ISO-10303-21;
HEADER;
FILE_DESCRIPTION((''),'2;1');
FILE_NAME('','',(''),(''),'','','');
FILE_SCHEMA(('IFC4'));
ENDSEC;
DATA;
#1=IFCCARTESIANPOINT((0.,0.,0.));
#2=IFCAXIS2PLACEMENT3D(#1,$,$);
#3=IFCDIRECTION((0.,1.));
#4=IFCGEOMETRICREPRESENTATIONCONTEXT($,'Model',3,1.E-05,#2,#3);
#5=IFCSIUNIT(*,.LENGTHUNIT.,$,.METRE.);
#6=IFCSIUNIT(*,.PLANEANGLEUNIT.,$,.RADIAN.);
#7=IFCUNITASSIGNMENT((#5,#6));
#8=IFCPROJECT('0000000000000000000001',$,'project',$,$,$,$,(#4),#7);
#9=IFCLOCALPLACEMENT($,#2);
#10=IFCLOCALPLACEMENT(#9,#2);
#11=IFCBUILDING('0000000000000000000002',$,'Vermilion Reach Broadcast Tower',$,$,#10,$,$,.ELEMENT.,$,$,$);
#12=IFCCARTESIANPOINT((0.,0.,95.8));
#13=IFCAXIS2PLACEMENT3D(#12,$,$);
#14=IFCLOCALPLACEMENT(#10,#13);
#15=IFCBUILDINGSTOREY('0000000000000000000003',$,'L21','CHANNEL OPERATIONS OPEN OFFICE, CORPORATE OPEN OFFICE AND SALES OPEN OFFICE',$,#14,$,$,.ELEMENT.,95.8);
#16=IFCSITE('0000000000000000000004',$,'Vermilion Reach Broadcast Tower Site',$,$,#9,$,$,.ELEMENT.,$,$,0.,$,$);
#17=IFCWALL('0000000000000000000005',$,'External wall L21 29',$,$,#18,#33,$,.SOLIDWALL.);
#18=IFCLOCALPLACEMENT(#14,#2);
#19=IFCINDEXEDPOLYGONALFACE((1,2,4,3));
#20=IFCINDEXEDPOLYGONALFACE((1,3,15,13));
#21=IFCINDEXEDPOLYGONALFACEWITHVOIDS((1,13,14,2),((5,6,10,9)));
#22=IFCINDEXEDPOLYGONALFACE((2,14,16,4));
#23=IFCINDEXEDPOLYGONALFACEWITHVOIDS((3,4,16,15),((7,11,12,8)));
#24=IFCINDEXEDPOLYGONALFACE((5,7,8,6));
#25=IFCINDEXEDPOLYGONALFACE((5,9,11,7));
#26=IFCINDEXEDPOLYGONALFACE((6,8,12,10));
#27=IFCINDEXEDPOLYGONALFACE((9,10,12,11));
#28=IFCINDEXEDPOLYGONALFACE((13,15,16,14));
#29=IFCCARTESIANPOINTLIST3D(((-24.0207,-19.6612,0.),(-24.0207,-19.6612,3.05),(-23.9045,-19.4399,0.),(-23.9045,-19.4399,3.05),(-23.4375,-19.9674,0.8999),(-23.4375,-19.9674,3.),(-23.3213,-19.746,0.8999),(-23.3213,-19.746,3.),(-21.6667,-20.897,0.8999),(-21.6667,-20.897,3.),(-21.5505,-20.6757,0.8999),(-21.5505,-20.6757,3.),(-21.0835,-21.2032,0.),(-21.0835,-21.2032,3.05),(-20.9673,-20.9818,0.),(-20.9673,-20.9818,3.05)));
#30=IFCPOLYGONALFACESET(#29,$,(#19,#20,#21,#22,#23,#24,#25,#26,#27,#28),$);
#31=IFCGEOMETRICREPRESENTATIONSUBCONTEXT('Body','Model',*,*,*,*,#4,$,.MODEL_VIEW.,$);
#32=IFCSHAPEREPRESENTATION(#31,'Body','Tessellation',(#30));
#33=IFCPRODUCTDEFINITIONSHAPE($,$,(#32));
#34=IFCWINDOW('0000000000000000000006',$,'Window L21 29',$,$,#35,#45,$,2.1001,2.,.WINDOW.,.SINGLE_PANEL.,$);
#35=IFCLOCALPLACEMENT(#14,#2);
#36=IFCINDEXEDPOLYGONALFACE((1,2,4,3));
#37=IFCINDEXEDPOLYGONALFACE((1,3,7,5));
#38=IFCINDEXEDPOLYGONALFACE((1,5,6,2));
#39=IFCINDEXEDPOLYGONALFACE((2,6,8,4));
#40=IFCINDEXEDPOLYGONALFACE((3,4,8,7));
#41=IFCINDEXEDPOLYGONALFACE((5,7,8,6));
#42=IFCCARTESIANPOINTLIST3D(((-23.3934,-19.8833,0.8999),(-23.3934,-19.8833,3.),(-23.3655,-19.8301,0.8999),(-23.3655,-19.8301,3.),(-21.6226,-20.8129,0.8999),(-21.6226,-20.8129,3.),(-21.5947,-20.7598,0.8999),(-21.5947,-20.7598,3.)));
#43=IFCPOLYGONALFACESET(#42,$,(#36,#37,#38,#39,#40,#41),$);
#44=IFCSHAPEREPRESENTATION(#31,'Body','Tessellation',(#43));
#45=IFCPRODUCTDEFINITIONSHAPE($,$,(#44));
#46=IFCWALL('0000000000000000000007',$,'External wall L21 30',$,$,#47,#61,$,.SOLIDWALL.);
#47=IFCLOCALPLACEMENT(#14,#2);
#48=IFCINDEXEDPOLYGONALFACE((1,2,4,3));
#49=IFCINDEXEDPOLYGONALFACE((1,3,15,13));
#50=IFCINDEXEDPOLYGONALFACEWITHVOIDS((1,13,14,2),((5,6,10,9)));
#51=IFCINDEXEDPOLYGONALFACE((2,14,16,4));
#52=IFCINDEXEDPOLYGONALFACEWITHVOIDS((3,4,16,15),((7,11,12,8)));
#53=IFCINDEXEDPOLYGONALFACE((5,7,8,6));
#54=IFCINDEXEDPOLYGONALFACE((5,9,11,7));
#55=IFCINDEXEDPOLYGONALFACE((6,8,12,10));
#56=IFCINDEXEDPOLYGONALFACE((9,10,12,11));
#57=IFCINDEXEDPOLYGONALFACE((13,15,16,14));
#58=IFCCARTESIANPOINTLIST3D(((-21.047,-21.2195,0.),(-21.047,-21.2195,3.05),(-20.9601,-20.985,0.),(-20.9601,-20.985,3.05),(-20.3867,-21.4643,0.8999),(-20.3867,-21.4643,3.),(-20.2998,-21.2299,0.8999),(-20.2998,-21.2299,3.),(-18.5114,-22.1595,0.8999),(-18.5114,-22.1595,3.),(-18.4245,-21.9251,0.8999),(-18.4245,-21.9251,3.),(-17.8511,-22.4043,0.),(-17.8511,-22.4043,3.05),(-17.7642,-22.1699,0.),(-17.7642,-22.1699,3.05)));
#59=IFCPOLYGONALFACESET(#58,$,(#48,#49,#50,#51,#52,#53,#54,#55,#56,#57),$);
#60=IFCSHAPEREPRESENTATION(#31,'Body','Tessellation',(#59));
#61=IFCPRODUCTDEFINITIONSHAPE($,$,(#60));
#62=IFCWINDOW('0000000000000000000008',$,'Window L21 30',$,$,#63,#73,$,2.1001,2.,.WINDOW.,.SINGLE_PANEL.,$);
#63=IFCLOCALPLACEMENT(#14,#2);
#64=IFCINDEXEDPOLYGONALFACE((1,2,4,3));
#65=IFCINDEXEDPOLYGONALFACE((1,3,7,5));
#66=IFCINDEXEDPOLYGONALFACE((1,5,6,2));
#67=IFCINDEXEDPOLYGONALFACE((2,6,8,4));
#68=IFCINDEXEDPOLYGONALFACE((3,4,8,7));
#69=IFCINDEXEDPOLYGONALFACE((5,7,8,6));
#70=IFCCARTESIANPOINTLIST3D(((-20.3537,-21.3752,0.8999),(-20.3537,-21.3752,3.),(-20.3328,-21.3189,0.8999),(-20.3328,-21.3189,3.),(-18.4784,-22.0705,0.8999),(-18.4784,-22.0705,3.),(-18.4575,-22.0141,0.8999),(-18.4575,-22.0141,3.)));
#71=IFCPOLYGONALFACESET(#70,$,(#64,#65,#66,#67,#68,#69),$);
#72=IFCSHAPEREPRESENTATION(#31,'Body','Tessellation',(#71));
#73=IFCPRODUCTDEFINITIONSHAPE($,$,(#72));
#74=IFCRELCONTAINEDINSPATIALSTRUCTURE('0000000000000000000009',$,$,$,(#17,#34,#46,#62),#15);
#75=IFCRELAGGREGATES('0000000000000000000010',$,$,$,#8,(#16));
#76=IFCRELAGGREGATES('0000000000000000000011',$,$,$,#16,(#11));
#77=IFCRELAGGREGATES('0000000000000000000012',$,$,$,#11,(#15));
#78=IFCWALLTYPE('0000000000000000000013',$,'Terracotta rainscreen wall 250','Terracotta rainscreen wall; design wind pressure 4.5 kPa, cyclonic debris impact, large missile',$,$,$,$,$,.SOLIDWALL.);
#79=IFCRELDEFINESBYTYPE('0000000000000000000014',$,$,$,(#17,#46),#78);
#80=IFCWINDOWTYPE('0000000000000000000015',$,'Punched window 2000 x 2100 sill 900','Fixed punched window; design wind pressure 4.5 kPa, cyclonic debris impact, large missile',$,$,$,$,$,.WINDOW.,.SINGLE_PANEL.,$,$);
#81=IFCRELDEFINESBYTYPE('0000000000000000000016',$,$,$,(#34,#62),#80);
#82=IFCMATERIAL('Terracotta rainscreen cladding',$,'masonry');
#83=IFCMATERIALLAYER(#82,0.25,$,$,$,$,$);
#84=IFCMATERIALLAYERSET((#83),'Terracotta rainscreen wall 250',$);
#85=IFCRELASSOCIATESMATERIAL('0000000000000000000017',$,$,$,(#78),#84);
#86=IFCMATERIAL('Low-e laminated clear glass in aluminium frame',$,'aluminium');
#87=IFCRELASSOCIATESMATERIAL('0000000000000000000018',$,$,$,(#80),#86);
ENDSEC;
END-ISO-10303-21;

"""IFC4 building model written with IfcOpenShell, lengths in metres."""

from ifc_helpers import new_model, si_unit, direction, frame, frame_2d, origin, place, context, subcontext, project, spatial, rectangle, extrude, material, layer, layer_set, type_object, element, fill, save


model = new_model("IFC4")

# Units and contexts
model_context = context("Model", 3, precision=1e-05, world=origin(), true_north=direction((0.0, 1.0)))
body_context = subcontext(model_context, "Body", "Model", "MODEL_VIEW")
ifc_project = project(units=[si_unit("LENGTHUNIT", "METRE"), si_unit("PLANEANGLEUNIT", "RADIAN")], contexts=[model_context])

# Site, building, storey
site_placement = place(None, origin())
site = spatial("IfcSite", under=ifc_project, at=site_placement, Name="Vermilion Reach Broadcast Tower Site", CompositionType="ELEMENT", RefElevation=0.0)
building_placement = place(site_placement, origin())
building = spatial("IfcBuilding", under=site, at=building_placement, Name="Vermilion Reach Broadcast Tower", CompositionType="ELEMENT")
storey_placement = place(building_placement, frame((0.0, 0.0, 95.8)))
storey = spatial("IfcBuildingStorey", under=building, at=storey_placement, Name="L21", Description="CHANNEL OPERATIONS OPEN OFFICE, CORPORATE OPEN OFFICE AND SALES OPEN OFFICE", CompositionType="ELEMENT", Elevation=95.8)

# Shared definitions
ifc_material_1 = material(Name="Terracotta rainscreen cladding", Category="masonry")
ifc_layer_1 = layer(ifc_material_1, 0.25)
ifc_layer_set_1 = layer_set([ifc_layer_1], Name="Terracotta rainscreen wall 250")
wall_type = type_object("IfcWallType", Name="Terracotta rainscreen wall 250", Description="Terracotta rainscreen wall; design wind pressure 4.5 kPa, cyclonic debris impact, large missile", PredefinedType="SOLIDWALL", material=ifc_layer_set_1)

# Shared definitions
ifc_material_2 = material(Name="Low-e laminated clear glass in aluminium frame", Category="aluminium")
window_type = type_object("IfcWindowType", Name="Punched window 2000 x 2100 sill 900", Description="Fixed punched window; design wind pressure 4.5 kPa, cyclonic debris impact, large missile", PartitioningType="SINGLE_PANEL", PredefinedType="WINDOW", material=ifc_material_2)

# Walls, openings, windows
wall_1_placement = place(storey_placement, frame((-23.9626, -19.5505, 0.0), z_axis=(0.0, 0.0, 1.0), x_axis=(0.885406, -0.464818, 0.0)))
wall_1 = element("IfcWall", 1, at=wall_1_placement, inside=storey, type_object=wall_type, Name="External wall L21 29", PredefinedType="SOLIDWALL", context=body_context, shape_type="SweptSolid", body=[
    extrude(rectangle(XDim=3.3174, YDim=0.25, at=frame_2d((1.6587, 0.0))), origin(), (0.0, 0.0, 1.0), 3.05),
])
opening_1_placement = place(wall_1_placement, frame((0.6587, 0.0, 0.8999)))
opening_1 = element("IfcOpeningElement", 2, at=opening_1_placement, cuts=wall_1, PredefinedType="OPENING", context=body_context, shape_type="SweptSolid", body=[
    extrude(rectangle(XDim=2.0, YDim=2.1001, at=frame_2d((1.0, 1.05))), frame((0.0, 0.135, 0.0), z_axis=(0.0, -1.0, 0.0), x_axis=(1.0, 0.0, 0.0)), (0.0, 0.0, 1.0), 0.27),
])
window_1_placement = place(opening_1_placement, origin())
window_1 = element("IfcWindow", 3, at=window_1_placement, inside=storey, type_object=window_type, Name="Window L21 29", OverallHeight=2.1001, OverallWidth=2.0, PartitioningType="SINGLE_PANEL", PredefinedType="WINDOW", context=body_context, shape_type="SweptSolid", body=[
    extrude(rectangle(XDim=2.0, YDim=2.1001, at=frame_2d((1.0, 1.05))), frame((0.0, 0.03, 0.0), z_axis=(0.0, -1.0, 0.0), x_axis=(1.0, 0.0, 0.0)), (0.0, 0.0, 1.0), 0.0601),
])
fill(opening_1, window_1)
wall_2_placement = place(storey_placement, frame((-21.0034, -21.1023, 0.0), z_axis=(0.0, 0.0, 1.0), x_axis=(0.937636, -0.34762, 0.0)))
wall_2 = element("IfcWall", 4, at=wall_2_placement, inside=storey, type_object=wall_type, Name="External wall L21 30", PredefinedType="SOLIDWALL", context=body_context, shape_type="SweptSolid", body=[
    extrude(rectangle(XDim=3.4084, YDim=0.25, at=frame_2d((1.7041, 0.0))), origin(), (0.0, 0.0, 1.0), 3.05),
])
opening_2_placement = place(wall_2_placement, frame((0.7041, 0.0, 0.8999)))
opening_2 = element("IfcOpeningElement", 5, at=opening_2_placement, cuts=wall_2, PredefinedType="OPENING", context=body_context, shape_type="SweptSolid", body=[
    extrude(rectangle(XDim=2.0, YDim=2.1001, at=frame_2d((1.0, 1.05))), frame((0.0, 0.135, 0.0), z_axis=(0.0, -1.0, 0.0), x_axis=(1.0, 0.0, 0.0)), (0.0, 0.0, 1.0), 0.27),
])
window_2_placement = place(opening_2_placement, origin())
window_2 = element("IfcWindow", 6, at=window_2_placement, inside=storey, type_object=window_type, Name="Window L21 30", OverallHeight=2.1001, OverallWidth=2.0, PartitioningType="SINGLE_PANEL", PredefinedType="WINDOW", context=body_context, shape_type="SweptSolid", body=[
    extrude(rectangle(XDim=2.0, YDim=2.1001, at=frame_2d((1.0, 1.05))), frame((0.0, 0.03, 0.0), z_axis=(0.0, -1.0, 0.0), x_axis=(1.0, 0.0, 0.0)), (0.0, 0.0, 1.0), 0.0601),
])
fill(opening_2, window_2)

save(model, "model.ifc")
